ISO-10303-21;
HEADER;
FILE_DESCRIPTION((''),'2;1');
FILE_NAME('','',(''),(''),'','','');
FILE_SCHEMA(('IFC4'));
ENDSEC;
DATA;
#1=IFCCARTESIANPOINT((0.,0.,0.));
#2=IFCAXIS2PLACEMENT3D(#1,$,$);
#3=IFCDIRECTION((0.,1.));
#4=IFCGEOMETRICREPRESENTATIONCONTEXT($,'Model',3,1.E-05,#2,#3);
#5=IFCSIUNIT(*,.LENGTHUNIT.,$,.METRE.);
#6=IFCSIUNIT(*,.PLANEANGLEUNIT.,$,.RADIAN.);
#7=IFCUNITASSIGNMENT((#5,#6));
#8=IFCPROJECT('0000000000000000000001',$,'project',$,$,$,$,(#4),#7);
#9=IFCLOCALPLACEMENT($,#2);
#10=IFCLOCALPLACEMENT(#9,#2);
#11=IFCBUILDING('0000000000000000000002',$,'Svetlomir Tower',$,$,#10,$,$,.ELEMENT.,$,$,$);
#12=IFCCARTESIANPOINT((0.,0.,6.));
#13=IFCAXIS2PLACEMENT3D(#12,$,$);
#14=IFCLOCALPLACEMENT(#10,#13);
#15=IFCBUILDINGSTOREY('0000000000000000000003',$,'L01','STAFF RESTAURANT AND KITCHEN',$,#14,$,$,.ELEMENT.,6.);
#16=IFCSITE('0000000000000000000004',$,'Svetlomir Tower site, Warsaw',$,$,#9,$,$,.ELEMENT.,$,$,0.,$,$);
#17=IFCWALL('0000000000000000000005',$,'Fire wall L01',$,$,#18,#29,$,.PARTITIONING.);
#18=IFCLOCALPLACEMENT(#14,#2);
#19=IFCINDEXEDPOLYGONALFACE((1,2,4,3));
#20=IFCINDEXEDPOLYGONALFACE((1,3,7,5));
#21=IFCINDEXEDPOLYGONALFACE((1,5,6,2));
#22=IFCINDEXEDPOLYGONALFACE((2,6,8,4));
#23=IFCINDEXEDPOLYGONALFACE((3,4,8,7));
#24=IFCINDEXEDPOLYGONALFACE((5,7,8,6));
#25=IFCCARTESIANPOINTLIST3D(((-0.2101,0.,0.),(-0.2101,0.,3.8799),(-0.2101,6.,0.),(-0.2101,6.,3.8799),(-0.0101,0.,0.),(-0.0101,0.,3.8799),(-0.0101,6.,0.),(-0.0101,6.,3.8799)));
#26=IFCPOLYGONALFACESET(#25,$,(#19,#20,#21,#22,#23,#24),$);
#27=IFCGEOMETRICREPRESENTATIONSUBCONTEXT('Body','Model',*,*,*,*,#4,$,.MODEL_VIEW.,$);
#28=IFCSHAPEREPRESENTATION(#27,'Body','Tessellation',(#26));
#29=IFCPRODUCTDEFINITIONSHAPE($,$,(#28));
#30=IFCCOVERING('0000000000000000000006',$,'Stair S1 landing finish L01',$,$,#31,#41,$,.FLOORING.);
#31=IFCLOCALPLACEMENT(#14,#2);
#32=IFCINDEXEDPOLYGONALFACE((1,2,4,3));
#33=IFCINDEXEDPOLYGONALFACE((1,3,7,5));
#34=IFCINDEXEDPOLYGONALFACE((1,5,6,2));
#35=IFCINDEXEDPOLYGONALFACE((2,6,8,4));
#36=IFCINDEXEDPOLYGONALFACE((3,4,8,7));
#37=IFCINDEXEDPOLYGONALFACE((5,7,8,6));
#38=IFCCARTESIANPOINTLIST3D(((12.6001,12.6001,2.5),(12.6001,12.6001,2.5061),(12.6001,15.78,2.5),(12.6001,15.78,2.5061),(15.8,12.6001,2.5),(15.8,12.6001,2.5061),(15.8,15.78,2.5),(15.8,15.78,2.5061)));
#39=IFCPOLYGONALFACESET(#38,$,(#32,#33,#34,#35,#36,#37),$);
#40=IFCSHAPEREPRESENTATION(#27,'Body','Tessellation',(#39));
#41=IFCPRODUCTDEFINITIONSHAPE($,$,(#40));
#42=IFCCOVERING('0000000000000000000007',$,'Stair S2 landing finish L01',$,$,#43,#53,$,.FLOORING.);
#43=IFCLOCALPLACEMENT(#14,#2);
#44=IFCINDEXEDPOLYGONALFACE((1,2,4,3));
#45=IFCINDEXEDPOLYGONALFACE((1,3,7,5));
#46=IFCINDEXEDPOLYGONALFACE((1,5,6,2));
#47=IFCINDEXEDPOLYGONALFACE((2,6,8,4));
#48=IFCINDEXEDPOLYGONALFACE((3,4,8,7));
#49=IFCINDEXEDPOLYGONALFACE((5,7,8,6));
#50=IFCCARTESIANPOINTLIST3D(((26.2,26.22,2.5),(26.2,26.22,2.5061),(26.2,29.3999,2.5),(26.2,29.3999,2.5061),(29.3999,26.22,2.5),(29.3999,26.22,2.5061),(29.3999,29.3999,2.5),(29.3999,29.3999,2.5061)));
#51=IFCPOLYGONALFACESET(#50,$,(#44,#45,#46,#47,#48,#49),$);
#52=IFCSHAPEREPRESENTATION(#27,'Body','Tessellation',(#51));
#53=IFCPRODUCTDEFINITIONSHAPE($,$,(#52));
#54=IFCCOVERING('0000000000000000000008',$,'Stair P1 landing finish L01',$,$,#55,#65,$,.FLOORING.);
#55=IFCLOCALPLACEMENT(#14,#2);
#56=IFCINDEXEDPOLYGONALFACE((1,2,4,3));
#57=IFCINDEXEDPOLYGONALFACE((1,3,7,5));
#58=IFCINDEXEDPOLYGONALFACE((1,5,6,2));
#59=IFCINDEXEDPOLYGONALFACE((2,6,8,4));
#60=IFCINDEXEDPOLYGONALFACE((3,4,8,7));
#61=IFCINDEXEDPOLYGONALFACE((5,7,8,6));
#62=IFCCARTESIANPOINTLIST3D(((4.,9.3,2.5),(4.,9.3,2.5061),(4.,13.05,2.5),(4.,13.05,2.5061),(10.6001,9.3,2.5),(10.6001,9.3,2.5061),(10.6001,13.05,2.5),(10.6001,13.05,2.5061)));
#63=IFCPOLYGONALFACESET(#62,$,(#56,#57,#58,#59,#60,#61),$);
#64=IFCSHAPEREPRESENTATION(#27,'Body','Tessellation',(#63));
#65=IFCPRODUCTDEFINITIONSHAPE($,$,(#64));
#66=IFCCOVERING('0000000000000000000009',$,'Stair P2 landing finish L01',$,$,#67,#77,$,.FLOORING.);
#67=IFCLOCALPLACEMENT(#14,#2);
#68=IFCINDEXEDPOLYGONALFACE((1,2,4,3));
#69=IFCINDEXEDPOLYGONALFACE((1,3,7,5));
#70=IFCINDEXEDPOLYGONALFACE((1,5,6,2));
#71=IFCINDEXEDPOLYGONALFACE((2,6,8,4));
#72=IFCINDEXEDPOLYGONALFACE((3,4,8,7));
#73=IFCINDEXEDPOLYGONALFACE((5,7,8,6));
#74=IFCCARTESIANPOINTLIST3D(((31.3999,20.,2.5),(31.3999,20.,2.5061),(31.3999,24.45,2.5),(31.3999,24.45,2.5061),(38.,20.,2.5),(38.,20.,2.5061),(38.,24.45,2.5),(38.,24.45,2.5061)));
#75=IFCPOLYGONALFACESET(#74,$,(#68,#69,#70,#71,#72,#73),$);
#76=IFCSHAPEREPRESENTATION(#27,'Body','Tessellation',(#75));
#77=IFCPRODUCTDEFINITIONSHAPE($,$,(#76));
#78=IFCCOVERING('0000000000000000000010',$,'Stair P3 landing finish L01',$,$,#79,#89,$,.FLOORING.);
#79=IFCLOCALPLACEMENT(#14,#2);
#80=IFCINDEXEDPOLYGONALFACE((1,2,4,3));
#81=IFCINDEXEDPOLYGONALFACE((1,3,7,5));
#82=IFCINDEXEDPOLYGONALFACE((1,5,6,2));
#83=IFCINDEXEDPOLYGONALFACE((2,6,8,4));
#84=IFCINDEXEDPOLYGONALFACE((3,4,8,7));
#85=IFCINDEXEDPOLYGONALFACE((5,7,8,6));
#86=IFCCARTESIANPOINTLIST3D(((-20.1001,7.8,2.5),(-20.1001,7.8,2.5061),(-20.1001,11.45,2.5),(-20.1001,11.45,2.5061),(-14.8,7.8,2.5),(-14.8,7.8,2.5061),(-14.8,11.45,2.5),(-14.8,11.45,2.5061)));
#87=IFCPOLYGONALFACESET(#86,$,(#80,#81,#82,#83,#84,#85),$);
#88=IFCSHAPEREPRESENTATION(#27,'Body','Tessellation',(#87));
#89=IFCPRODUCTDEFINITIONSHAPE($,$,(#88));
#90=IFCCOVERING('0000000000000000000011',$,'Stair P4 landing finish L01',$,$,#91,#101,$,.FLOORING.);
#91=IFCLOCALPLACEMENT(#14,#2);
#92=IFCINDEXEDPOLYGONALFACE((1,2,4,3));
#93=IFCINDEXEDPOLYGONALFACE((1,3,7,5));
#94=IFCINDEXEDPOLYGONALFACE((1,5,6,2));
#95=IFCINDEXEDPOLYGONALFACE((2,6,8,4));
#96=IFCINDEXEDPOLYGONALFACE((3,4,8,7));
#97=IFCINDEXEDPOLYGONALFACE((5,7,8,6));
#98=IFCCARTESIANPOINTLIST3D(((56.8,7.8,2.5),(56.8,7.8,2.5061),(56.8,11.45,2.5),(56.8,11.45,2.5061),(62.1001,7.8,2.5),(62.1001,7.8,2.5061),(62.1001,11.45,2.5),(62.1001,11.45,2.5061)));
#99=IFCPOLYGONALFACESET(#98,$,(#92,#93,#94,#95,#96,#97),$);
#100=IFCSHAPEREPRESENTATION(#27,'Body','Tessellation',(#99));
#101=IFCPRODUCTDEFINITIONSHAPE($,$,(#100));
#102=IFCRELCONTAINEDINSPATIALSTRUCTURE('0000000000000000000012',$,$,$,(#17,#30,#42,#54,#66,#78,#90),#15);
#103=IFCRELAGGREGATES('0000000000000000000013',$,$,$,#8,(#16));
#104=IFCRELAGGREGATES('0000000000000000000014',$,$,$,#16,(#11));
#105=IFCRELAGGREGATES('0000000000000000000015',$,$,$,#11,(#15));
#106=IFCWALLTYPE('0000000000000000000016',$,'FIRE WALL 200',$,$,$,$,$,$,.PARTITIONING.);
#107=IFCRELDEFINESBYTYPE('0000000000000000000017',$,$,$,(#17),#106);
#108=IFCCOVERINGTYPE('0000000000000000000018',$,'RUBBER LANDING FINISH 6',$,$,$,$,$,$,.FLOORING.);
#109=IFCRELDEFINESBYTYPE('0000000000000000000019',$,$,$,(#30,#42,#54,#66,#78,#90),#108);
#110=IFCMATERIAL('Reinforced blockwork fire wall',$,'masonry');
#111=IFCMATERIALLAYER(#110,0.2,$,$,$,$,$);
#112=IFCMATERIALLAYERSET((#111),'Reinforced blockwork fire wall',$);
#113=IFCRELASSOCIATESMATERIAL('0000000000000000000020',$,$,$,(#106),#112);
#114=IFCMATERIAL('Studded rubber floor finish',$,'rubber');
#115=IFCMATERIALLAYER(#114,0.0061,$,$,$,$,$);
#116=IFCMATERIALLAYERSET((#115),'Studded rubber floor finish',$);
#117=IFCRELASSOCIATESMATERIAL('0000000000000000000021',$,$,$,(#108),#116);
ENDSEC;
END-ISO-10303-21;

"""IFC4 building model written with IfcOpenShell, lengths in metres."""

from ifc_helpers import new_model, si_unit, direction, frame, frame_2d, origin, place, context, subcontext, project, spatial, polyline, rectangle, outline, extrude, material, layer, layer_set, type_object, element, save


model = new_model("IFC4")

# Units and contexts
model_context = context("Model", 3, precision=1e-05, world=origin(), true_north=direction((0.0, 1.0)))
body_context = subcontext(model_context, "Body", "Model", "MODEL_VIEW")
ifc_project = project(units=[si_unit("LENGTHUNIT", "METRE"), si_unit("PLANEANGLEUNIT", "RADIAN")], contexts=[model_context])

# Site, building, storey
site_placement = place(None, origin())
site = spatial("IfcSite", under=ifc_project, at=site_placement, Name="Svetlomir Tower site, Warsaw", CompositionType="ELEMENT", RefElevation=0.0)
building_placement = place(site_placement, origin())
building = spatial("IfcBuilding", under=site, at=building_placement, Name="Svetlomir Tower", CompositionType="ELEMENT")
storey_placement = place(building_placement, frame((0.0, 0.0, 6.0)))
storey = spatial("IfcBuildingStorey", under=building, at=storey_placement, Name="L01", Description="STAFF RESTAURANT AND KITCHEN", CompositionType="ELEMENT", Elevation=6.0)

# Wall
ifc_material_1 = material(Name="Reinforced blockwork fire wall", Category="masonry")
ifc_layer_1 = layer(ifc_material_1, 0.2)
ifc_layer_set_1 = layer_set([ifc_layer_1], Name="Reinforced blockwork fire wall")
wall_type = type_object("IfcWallType", Name="FIRE WALL 200", PredefinedType="PARTITIONING", material=ifc_layer_set_1)
wall_placement = place(storey_placement, frame((-0.1101, 0.0, 0.0), z_axis=(0.0, 0.0, 1.0), x_axis=(0.0, 1.0, 0.0)))
element("IfcWall", 1, at=wall_placement, inside=storey, type_object=wall_type, Name="Fire wall L01", PredefinedType="PARTITIONING", context=body_context, shape_type="SweptSolid", body=[
    extrude(rectangle(XDim=6.0, YDim=0.2, at=frame_2d((3.0, 0.0))), origin(), (0.0, 0.0, 1.0), 3.8799),
])

# Coverings
ifc_material_2 = material(Name="Studded rubber floor finish", Category="rubber")
ifc_layer_2 = layer(ifc_material_2, 0.0061)
ifc_layer_set_2 = layer_set([ifc_layer_2], Name="Studded rubber floor finish")
covering_type = type_object("IfcCoveringType", Name="RUBBER LANDING FINISH 6", PredefinedType="FLOORING", material=ifc_layer_set_2)
covering_1_placement = place(storey_placement, frame((0.0, 0.0, 2.5)))
element("IfcCovering", 2, at=covering_1_placement, inside=storey, type_object=covering_type, Name="Stair S1 landing finish L01", PredefinedType="FLOORING", context=body_context, shape_type="SweptSolid", body=[
    extrude(outline(polyline([(12.6001, 12.6001), (15.8, 12.6001), (15.8, 15.78), (12.6001, 15.78), (12.6001, 12.6001)])), origin(), (0.0, 0.0, 1.0), 0.0061),
])
covering_2_placement = place(storey_placement, frame((0.0, 0.0, 2.5)))
element("IfcCovering", 3, at=covering_2_placement, inside=storey, type_object=covering_type, Name="Stair S2 landing finish L01", PredefinedType="FLOORING", context=body_context, shape_type="SweptSolid", body=[
    extrude(outline(polyline([(26.2, 26.22), (29.3999, 26.22), (29.3999, 29.3999), (26.2, 29.3999), (26.2, 26.22)])), origin(), (0.0, 0.0, 1.0), 0.0061),
])
covering_3_placement = place(storey_placement, frame((0.0, 0.0, 2.5)))
element("IfcCovering", 4, at=covering_3_placement, inside=storey, type_object=covering_type, Name="Stair P1 landing finish L01", PredefinedType="FLOORING", context=body_context, shape_type="SweptSolid", body=[
    extrude(outline(polyline([(4.0, 9.3), (10.6001, 9.3), (10.6001, 13.05), (4.0, 13.05), (4.0, 9.3)])), origin(), (0.0, 0.0, 1.0), 0.0061),
])
covering_4_placement = place(storey_placement, frame((0.0, 0.0, 2.5)))
element("IfcCovering", 5, at=covering_4_placement, inside=storey, type_object=covering_type, Name="Stair P2 landing finish L01", PredefinedType="FLOORING", context=body_context, shape_type="SweptSolid", body=[
    extrude(outline(polyline([(31.3999, 20.0), (38.0, 20.0), (38.0, 24.45), (31.3999, 24.45), (31.3999, 20.0)])), origin(), (0.0, 0.0, 1.0), 0.0061),
])
covering_5_placement = place(storey_placement, frame((0.0, 0.0, 2.5)))
element("IfcCovering", 6, at=covering_5_placement, inside=storey, type_object=covering_type, Name="Stair P3 landing finish L01", PredefinedType="FLOORING", context=body_context, shape_type="SweptSolid", body=[
    extrude(outline(polyline([(-20.1001, 7.8), (-14.8, 7.8), (-14.8, 11.45), (-20.1001, 11.45), (-20.1001, 7.8)])), origin(), (0.0, 0.0, 1.0), 0.0061),
])
covering_6_placement = place(storey_placement, frame((0.0, 0.0, 2.5)))
element("IfcCovering", 7, at=covering_6_placement, inside=storey, type_object=covering_type, Name="Stair P4 landing finish L01", PredefinedType="FLOORING", context=body_context, shape_type="SweptSolid", body=[
    extrude(outline(polyline([(56.8, 7.8), (62.1001, 7.8), (62.1001, 11.45), (56.8, 11.45), (56.8, 7.8)])), origin(), (0.0, 0.0, 1.0), 0.0061),
])

save(model, "model.ifc")
